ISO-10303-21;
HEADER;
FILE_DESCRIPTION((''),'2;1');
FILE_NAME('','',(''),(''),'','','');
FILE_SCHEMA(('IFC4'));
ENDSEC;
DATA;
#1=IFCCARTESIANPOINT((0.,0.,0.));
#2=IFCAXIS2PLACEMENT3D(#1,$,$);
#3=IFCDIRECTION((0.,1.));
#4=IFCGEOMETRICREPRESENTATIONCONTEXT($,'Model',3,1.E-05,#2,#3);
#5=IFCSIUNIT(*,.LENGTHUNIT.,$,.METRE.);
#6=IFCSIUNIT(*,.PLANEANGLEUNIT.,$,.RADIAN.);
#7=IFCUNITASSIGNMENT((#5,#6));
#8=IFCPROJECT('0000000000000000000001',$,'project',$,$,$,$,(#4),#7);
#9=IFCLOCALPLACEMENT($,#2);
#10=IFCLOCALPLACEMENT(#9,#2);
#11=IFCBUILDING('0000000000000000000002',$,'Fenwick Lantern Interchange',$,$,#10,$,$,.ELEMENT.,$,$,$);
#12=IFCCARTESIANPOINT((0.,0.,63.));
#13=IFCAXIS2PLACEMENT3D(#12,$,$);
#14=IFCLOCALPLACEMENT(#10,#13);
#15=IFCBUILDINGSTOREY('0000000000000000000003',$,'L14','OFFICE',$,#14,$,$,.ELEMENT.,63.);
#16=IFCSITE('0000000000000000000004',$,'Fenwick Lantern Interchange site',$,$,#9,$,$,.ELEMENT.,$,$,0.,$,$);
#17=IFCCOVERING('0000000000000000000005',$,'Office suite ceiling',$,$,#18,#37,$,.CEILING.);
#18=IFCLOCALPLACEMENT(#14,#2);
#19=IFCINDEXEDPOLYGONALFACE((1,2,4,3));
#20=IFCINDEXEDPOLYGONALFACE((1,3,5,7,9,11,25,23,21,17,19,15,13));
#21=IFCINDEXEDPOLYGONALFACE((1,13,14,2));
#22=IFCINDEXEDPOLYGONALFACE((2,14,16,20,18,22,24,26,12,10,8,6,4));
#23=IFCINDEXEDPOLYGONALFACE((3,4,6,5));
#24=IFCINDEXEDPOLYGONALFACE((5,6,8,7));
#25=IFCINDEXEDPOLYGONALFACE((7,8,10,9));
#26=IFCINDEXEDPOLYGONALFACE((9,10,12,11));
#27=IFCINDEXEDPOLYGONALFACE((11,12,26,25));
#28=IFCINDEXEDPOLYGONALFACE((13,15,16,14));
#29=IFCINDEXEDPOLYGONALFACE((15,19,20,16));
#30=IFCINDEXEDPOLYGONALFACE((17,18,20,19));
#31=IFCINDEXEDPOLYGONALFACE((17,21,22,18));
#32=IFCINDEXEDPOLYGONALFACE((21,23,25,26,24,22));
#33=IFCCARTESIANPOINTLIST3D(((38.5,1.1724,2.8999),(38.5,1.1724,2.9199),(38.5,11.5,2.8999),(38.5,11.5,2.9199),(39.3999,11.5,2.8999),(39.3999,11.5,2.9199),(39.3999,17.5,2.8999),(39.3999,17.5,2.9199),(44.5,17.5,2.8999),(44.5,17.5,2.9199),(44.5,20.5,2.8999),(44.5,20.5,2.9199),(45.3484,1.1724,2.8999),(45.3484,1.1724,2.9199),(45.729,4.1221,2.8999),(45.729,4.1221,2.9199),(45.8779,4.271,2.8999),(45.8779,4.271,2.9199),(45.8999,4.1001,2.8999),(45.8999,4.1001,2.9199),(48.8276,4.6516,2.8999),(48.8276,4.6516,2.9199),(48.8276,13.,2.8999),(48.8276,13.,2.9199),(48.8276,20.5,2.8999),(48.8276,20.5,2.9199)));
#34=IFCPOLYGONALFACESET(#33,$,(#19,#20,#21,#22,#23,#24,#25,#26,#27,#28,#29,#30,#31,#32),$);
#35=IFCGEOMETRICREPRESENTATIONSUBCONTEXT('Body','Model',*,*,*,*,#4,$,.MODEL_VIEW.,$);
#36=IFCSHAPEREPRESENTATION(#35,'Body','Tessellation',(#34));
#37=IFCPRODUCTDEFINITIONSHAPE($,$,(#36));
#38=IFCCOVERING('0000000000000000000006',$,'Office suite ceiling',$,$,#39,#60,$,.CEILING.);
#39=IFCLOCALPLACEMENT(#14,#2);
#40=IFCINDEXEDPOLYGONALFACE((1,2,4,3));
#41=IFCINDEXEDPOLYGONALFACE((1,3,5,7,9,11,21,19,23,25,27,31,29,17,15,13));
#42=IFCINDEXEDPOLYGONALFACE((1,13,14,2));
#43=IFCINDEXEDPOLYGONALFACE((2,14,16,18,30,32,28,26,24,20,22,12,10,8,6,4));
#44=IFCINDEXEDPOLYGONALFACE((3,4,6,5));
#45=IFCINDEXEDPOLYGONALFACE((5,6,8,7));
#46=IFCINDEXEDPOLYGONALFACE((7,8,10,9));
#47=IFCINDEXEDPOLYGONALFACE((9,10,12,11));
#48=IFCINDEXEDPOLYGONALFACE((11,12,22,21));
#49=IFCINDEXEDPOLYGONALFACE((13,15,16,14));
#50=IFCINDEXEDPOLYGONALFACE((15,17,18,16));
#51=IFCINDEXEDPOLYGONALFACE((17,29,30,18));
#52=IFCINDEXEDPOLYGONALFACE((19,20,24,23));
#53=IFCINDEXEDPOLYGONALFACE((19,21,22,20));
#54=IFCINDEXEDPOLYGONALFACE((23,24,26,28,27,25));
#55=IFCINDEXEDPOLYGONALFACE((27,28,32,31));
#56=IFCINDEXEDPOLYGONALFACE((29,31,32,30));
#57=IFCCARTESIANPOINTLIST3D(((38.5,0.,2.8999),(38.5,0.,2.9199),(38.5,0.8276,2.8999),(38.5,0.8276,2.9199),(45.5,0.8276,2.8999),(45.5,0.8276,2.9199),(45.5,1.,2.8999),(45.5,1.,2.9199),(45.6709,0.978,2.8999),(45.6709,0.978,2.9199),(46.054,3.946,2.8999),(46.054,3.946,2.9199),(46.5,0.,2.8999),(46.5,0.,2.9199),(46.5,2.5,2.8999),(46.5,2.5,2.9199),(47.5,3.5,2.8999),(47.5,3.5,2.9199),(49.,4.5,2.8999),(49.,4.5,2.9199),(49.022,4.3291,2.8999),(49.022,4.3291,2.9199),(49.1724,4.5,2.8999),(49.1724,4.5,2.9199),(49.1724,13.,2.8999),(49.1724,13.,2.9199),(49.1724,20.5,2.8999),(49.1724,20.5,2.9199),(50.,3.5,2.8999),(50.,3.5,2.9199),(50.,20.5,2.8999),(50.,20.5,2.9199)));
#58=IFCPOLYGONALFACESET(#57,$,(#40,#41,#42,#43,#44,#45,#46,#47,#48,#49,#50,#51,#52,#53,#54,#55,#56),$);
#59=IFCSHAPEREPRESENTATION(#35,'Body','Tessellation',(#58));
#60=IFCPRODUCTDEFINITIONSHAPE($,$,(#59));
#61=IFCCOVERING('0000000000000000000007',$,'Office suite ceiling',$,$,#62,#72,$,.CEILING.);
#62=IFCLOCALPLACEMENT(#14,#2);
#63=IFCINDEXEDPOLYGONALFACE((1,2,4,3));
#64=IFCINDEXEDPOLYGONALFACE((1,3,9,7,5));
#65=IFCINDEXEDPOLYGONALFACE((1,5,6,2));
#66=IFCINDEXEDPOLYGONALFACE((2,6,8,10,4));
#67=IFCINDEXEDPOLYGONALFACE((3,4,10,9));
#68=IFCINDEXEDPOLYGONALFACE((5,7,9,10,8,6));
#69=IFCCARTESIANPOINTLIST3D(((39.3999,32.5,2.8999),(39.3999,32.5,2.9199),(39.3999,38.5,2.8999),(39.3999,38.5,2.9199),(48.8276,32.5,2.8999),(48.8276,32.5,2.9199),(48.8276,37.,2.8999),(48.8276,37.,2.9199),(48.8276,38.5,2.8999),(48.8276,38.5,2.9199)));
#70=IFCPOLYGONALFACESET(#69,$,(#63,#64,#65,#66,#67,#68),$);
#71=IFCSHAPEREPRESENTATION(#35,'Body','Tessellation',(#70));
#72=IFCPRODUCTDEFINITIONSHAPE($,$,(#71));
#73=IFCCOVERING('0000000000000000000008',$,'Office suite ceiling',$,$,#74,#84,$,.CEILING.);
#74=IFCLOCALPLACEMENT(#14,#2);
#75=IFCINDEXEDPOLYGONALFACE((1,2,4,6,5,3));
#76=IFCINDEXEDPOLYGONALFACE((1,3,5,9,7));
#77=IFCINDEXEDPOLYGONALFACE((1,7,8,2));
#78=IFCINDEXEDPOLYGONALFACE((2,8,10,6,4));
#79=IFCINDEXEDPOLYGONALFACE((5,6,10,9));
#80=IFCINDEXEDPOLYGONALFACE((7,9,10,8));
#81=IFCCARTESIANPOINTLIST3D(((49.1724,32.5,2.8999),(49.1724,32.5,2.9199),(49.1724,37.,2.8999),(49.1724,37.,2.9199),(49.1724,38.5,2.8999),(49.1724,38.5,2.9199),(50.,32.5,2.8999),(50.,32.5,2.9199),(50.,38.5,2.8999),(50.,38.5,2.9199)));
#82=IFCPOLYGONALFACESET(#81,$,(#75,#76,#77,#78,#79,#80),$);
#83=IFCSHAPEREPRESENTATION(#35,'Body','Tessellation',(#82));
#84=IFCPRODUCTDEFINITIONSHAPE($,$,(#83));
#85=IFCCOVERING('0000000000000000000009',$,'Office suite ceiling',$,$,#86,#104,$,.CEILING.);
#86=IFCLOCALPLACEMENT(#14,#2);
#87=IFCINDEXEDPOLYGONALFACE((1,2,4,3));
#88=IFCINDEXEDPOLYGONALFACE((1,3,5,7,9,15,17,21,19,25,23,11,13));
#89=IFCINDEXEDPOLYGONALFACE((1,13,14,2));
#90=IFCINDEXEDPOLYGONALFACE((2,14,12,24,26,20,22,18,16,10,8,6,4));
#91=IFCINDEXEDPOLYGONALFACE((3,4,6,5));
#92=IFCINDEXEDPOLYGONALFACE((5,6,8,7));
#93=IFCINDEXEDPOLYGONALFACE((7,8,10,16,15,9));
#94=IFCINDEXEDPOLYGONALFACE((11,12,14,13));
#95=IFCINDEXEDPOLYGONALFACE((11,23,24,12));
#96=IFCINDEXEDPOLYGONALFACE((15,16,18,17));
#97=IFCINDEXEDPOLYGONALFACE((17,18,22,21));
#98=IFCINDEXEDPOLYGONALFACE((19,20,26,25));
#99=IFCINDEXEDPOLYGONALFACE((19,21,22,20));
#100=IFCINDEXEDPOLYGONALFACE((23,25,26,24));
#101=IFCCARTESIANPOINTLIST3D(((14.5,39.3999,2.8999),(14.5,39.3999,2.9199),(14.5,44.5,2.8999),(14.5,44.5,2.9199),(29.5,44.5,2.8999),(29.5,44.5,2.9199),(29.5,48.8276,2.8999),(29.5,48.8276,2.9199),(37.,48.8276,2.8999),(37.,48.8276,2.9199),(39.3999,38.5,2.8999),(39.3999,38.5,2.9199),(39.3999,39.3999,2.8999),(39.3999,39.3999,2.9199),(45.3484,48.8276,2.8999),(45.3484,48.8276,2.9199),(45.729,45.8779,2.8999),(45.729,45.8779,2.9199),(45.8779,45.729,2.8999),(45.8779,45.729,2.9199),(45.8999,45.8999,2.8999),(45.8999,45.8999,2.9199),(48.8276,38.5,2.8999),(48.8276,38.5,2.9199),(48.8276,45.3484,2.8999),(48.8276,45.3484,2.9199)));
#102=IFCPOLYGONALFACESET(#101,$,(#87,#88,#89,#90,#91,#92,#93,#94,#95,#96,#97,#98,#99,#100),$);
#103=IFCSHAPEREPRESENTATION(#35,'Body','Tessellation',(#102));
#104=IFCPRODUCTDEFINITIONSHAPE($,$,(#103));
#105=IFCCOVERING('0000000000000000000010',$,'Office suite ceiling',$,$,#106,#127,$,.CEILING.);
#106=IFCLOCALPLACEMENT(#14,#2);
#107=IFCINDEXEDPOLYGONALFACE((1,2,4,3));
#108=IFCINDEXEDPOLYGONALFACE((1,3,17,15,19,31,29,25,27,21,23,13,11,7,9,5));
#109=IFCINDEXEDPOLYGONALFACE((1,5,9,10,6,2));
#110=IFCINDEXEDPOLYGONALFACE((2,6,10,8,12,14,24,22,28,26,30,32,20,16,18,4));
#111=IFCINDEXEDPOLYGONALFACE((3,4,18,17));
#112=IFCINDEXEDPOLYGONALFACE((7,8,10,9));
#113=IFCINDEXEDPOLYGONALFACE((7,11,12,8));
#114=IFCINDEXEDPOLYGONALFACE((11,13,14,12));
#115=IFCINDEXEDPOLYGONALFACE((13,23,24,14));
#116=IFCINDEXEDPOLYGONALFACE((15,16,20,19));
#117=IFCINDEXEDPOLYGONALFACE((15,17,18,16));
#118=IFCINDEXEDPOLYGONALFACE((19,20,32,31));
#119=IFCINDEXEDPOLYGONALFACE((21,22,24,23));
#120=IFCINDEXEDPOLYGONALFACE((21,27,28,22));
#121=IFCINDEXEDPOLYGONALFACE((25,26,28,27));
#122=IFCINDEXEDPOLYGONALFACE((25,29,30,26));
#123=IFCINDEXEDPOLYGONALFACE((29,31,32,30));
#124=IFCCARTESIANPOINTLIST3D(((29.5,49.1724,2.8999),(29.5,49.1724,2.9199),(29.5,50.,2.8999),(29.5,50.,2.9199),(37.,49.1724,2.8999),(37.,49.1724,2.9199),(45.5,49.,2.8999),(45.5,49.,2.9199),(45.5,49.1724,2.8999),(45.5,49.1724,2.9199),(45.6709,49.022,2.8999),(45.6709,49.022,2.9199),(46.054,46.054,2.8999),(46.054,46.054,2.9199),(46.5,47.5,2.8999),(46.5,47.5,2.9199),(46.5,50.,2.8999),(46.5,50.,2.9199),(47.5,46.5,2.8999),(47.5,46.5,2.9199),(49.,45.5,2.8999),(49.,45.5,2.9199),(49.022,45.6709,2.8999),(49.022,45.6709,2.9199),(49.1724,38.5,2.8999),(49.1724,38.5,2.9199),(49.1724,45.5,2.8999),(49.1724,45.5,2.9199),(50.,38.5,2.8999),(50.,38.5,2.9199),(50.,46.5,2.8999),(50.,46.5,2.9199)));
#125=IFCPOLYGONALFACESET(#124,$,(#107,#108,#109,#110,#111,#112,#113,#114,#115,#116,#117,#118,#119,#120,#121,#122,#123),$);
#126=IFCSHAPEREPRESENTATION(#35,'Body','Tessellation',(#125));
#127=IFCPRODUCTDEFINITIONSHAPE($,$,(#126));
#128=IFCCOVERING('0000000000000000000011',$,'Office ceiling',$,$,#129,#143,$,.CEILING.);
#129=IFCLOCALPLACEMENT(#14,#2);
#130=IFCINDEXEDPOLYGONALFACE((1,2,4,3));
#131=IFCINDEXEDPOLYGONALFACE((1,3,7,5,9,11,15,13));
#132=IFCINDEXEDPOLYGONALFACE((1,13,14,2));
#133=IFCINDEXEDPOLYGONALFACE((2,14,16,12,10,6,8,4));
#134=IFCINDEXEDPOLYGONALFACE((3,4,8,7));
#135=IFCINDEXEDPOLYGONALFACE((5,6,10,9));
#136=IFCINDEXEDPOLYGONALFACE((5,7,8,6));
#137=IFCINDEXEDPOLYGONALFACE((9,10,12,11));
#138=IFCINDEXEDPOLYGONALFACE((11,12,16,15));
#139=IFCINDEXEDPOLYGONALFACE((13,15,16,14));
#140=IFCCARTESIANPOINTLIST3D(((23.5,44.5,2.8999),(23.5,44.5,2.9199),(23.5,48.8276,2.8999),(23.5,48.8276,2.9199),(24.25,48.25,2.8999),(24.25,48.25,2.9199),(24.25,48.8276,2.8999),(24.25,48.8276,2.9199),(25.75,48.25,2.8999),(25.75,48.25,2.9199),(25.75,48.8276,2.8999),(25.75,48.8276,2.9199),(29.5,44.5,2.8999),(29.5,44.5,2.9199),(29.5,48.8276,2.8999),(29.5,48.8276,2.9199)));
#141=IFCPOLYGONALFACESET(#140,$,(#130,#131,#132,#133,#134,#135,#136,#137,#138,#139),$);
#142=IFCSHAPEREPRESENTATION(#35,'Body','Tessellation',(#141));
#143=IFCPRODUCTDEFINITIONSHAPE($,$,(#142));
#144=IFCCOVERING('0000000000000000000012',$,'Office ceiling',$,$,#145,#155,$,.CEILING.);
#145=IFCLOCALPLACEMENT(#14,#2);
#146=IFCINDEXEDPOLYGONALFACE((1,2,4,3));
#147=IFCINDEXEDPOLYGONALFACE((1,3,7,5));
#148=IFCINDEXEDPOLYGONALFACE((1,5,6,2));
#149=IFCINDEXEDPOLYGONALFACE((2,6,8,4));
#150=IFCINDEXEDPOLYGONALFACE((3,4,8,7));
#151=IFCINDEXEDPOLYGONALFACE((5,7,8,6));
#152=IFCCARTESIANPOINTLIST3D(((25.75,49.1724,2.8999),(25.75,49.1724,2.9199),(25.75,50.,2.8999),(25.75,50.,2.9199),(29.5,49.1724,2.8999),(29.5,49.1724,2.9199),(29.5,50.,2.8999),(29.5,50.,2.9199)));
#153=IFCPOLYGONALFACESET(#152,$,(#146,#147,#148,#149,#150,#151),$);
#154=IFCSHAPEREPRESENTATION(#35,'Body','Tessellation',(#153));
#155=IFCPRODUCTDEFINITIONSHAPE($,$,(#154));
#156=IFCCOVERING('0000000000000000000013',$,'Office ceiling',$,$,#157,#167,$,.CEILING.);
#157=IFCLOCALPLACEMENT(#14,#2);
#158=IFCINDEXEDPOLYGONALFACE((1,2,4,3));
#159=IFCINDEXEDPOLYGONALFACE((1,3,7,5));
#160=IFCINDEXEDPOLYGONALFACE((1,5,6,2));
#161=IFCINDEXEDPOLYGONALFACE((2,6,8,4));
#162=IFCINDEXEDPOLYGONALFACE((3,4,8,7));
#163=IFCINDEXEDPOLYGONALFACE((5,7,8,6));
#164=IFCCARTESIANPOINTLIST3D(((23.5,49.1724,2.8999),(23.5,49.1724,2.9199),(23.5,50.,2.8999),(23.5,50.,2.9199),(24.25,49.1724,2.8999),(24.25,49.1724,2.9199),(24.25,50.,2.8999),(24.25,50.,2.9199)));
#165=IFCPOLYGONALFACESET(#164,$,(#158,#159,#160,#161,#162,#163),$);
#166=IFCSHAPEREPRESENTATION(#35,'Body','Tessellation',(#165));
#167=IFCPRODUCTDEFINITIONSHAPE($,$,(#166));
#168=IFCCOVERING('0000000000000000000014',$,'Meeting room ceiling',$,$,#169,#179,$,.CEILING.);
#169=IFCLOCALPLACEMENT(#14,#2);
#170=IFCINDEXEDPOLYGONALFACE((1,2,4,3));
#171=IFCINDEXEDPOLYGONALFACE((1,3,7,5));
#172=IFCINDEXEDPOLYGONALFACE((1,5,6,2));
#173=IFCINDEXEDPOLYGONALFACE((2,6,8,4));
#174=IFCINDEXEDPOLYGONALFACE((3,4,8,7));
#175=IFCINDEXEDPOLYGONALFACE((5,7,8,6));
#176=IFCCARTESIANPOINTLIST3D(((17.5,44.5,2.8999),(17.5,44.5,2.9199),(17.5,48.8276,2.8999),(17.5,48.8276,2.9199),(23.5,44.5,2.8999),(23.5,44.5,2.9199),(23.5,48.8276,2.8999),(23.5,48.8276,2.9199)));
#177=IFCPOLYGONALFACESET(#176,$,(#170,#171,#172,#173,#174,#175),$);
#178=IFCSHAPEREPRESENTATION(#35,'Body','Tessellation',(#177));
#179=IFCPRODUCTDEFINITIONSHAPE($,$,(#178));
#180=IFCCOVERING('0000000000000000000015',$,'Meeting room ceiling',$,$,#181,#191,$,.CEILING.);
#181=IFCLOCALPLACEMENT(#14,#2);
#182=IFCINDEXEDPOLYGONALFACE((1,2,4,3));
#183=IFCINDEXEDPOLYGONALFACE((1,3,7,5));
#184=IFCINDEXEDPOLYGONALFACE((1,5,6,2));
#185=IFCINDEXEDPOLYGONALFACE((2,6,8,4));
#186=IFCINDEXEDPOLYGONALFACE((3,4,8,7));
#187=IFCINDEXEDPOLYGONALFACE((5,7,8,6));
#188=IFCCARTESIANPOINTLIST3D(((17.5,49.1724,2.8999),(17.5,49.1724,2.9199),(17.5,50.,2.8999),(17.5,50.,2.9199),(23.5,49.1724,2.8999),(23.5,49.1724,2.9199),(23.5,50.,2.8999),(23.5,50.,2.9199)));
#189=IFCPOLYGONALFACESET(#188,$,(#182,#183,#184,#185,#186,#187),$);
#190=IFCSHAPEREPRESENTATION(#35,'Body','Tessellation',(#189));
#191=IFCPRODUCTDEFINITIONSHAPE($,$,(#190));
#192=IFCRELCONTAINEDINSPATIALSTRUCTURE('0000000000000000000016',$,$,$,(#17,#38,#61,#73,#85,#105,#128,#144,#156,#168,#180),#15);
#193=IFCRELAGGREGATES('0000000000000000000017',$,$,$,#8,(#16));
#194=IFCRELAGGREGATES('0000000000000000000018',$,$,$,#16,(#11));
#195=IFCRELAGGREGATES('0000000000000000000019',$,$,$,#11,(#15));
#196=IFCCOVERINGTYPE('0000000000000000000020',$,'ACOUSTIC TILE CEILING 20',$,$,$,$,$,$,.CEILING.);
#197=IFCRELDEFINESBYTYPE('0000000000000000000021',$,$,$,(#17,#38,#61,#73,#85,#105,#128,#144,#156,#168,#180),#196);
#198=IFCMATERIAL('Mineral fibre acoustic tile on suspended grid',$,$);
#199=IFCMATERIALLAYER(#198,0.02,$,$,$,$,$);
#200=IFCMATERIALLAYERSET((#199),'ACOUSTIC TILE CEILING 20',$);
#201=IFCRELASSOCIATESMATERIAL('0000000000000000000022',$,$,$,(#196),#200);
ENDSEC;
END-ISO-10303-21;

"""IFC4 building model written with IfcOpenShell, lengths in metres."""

from ifc_helpers import new_model, si_unit, direction, frame, origin, place, context, subcontext, project, spatial, polyline, outline, extrude, material, layer, layer_set, type_object, element, save


model = new_model("IFC4")

# Units and contexts
model_context = context("Model", 3, precision=1e-05, world=origin(), true_north=direction((0.0, 1.0)))
body_context = subcontext(model_context, "Body", "Model", "MODEL_VIEW")
ifc_project = project(units=[si_unit("LENGTHUNIT", "METRE"), si_unit("PLANEANGLEUNIT", "RADIAN")], contexts=[model_context])

# Site, building, storey
site_placement = place(None, origin())
site = spatial("IfcSite", under=ifc_project, at=site_placement, Name="Fenwick Lantern Interchange site", CompositionType="ELEMENT", RefElevation=0.0)
building_placement = place(site_placement, origin())
building = spatial("IfcBuilding", under=site, at=building_placement, Name="Fenwick Lantern Interchange", CompositionType="ELEMENT")
storey_placement = place(building_placement, frame((0.0, 0.0, 63.0)))
storey = spatial("IfcBuildingStorey", under=building, at=storey_placement, Name="L14", Description="OFFICE", CompositionType="ELEMENT", Elevation=63.0)

# Coverings
ifc_material_1 = material(Name="Mineral fibre acoustic tile on suspended grid")
ifc_layer_1 = layer(ifc_material_1, 0.02)
ifc_layer_set_1 = layer_set([ifc_layer_1], Name="ACOUSTIC TILE CEILING 20")
covering_type_1 = type_object("IfcCoveringType", Name="ACOUSTIC TILE CEILING 20", PredefinedType="CEILING", material=ifc_layer_set_1)
covering_1_placement = place(storey_placement, frame((0.0, 0.0, 2.8999)))
element("IfcCovering", 1, at=covering_1_placement, inside=storey, type_object=covering_type_1, Name="Office suite ceiling", PredefinedType="CEILING", context=body_context, shape_type="SweptSolid", body=[
    extrude(outline(polyline([(48.8276, 20.5), (44.5, 20.5), (44.5, 17.5), (39.3999, 17.5), (39.3999, 11.5), (38.5, 11.5), (38.5, 1.1724), (45.3484, 1.1724), (45.729, 4.1221), (45.8999, 4.1001), (45.8779, 4.271), (48.8276, 4.6516), (48.8276, 13.0), (48.8276, 20.5)])), origin(), (0.0, 0.0, 1.0), 0.02),
])
covering_2_placement = place(storey_placement, frame((0.0, 0.0, 2.8999)))
element("IfcCovering", 2, at=covering_2_placement, inside=storey, type_object=covering_type_1, Name="Office suite ceiling", PredefinedType="CEILING", context=body_context, shape_type="SweptSolid", body=[
    extrude(outline(polyline([(50.0, 20.5), (49.1724, 20.5), (49.1724, 13.0), (49.1724, 4.5), (49.0, 4.5), (49.022, 4.3291), (46.054, 3.946), (45.6709, 0.978), (45.5, 1.0), (45.5, 0.8276), (38.5, 0.8276), (38.5, 0.0), (46.5, 0.0), (46.5, 2.5), (47.5, 3.5), (50.0, 3.5), (50.0, 20.5)])), origin(), (0.0, 0.0, 1.0), 0.02),
])
covering_3_placement = place(storey_placement, frame((0.0, 0.0, 2.8999)))
element("IfcCovering", 3, at=covering_3_placement, inside=storey, type_object=covering_type_1, Name="Office suite ceiling", PredefinedType="CEILING", context=body_context, shape_type="SweptSolid", body=[
    extrude(outline(polyline([(39.3999, 32.5), (48.8276, 32.5), (48.8276, 37.0), (48.8276, 38.5), (39.3999, 38.5), (39.3999, 32.5)])), origin(), (0.0, 0.0, 1.0), 0.02),
])
covering_4_placement = place(storey_placement, frame((0.0, 0.0, 2.8999)))
element("IfcCovering", 4, at=covering_4_placement, inside=storey, type_object=covering_type_1, Name="Office suite ceiling", PredefinedType="CEILING", context=body_context, shape_type="SweptSolid", body=[
    extrude(outline(polyline([(50.0, 32.5), (50.0, 38.5), (49.1724, 38.5), (49.1724, 37.0), (49.1724, 32.5), (50.0, 32.5)])), origin(), (0.0, 0.0, 1.0), 0.02),
])
covering_5_placement = place(storey_placement, frame((0.0, 0.0, 2.8999)))
element("IfcCovering", 5, at=covering_5_placement, inside=storey, type_object=covering_type_1, Name="Office suite ceiling", PredefinedType="CEILING", context=body_context, shape_type="SweptSolid", body=[
    extrude(outline(polyline([(39.3999, 38.5), (48.8276, 38.5), (48.8276, 45.3484), (45.8779, 45.729), (45.8999, 45.8999), (45.729, 45.8779), (45.3484, 48.8276), (37.0, 48.8276), (29.5, 48.8276), (29.5, 44.5), (14.5, 44.5), (14.5, 39.3999), (39.3999, 39.3999), (39.3999, 38.5)])), origin(), (0.0, 0.0, 1.0), 0.02),
])
covering_6_placement = place(storey_placement, frame((0.0, 0.0, 2.8999)))
element("IfcCovering", 6, at=covering_6_placement, inside=storey, type_object=covering_type_1, Name="Office suite ceiling", PredefinedType="CEILING", context=body_context, shape_type="SweptSolid", body=[
    extrude(outline(polyline([(46.5, 50.0), (29.5, 50.0), (29.5, 49.1724), (37.0, 49.1724), (45.5, 49.1724), (45.5, 49.0), (45.6709, 49.022), (46.054, 46.054), (49.022, 45.6709), (49.0, 45.5), (49.1724, 45.5), (49.1724, 38.5), (50.0, 38.5), (50.0, 46.5), (47.5, 46.5), (46.5, 47.5), (46.5, 50.0)])), origin(), (0.0, 0.0, 1.0), 0.02),
])
covering_7_placement = place(storey_placement, frame((0.0, 0.0, 2.8999)))
element("IfcCovering", 7, at=covering_7_placement, inside=storey, type_object=covering_type_1, Name="Office ceiling", PredefinedType="CEILING", context=body_context, shape_type="SweptSolid", body=[
    extrude(outline(polyline([(29.5, 44.5), (29.5, 48.8276), (25.75, 48.8276), (25.75, 48.25), (24.25, 48.25), (24.25, 48.8276), (23.5, 48.8276), (23.5, 44.5), (29.5, 44.5)])), origin(), (0.0, 0.0, 1.0), 0.02),
])
covering_8_placement = place(storey_placement, frame((0.0, 0.0, 2.8999)))
element("IfcCovering", 8, at=covering_8_placement, inside=storey, type_object=covering_type_1, Name="Office ceiling", PredefinedType="CEILING", context=body_context, shape_type="SweptSolid", body=[
    extrude(outline(polyline([(29.5, 49.1724), (29.5, 50.0), (25.75, 50.0), (25.75, 49.1724), (29.5, 49.1724)])), origin(), (0.0, 0.0, 1.0), 0.02),
])
covering_9_placement = place(storey_placement, frame((0.0, 0.0, 2.8999)))
element("IfcCovering", 9, at=covering_9_placement, inside=storey, type_object=covering_type_1, Name="Office ceiling", PredefinedType="CEILING", context=body_context, shape_type="SweptSolid", body=[
    extrude(outline(polyline([(23.5, 50.0), (23.5, 49.1724), (24.25, 49.1724), (24.25, 50.0), (23.5, 50.0)])), origin(), (0.0, 0.0, 1.0), 0.02),
])
covering_10_placement = place(storey_placement, frame((0.0, 0.0, 2.8999)))
element("IfcCovering", 10, at=covering_10_placement, inside=storey, type_object=covering_type_1, Name="Meeting room ceiling", PredefinedType="CEILING", context=body_context, shape_type="SweptSolid", body=[
    extrude(outline(polyline([(23.5, 44.5), (23.5, 48.8276), (17.5, 48.8276), (17.5, 44.5), (23.5, 44.5)])), origin(), (0.0, 0.0, 1.0), 0.02),
])
covering_11_placement = place(storey_placement, frame((0.0, 0.0, 2.8999)))
element("IfcCovering", 11, at=covering_11_placement, inside=storey, type_object=covering_type_1, Name="Meeting room ceiling", PredefinedType="CEILING", context=body_context, shape_type="SweptSolid", body=[
    extrude(outline(polyline([(17.5, 50.0), (17.5, 49.1724), (23.5, 49.1724), (23.5, 50.0), (17.5, 50.0)])), origin(), (0.0, 0.0, 1.0), 0.02),
])

save(model, "model.ifc")
